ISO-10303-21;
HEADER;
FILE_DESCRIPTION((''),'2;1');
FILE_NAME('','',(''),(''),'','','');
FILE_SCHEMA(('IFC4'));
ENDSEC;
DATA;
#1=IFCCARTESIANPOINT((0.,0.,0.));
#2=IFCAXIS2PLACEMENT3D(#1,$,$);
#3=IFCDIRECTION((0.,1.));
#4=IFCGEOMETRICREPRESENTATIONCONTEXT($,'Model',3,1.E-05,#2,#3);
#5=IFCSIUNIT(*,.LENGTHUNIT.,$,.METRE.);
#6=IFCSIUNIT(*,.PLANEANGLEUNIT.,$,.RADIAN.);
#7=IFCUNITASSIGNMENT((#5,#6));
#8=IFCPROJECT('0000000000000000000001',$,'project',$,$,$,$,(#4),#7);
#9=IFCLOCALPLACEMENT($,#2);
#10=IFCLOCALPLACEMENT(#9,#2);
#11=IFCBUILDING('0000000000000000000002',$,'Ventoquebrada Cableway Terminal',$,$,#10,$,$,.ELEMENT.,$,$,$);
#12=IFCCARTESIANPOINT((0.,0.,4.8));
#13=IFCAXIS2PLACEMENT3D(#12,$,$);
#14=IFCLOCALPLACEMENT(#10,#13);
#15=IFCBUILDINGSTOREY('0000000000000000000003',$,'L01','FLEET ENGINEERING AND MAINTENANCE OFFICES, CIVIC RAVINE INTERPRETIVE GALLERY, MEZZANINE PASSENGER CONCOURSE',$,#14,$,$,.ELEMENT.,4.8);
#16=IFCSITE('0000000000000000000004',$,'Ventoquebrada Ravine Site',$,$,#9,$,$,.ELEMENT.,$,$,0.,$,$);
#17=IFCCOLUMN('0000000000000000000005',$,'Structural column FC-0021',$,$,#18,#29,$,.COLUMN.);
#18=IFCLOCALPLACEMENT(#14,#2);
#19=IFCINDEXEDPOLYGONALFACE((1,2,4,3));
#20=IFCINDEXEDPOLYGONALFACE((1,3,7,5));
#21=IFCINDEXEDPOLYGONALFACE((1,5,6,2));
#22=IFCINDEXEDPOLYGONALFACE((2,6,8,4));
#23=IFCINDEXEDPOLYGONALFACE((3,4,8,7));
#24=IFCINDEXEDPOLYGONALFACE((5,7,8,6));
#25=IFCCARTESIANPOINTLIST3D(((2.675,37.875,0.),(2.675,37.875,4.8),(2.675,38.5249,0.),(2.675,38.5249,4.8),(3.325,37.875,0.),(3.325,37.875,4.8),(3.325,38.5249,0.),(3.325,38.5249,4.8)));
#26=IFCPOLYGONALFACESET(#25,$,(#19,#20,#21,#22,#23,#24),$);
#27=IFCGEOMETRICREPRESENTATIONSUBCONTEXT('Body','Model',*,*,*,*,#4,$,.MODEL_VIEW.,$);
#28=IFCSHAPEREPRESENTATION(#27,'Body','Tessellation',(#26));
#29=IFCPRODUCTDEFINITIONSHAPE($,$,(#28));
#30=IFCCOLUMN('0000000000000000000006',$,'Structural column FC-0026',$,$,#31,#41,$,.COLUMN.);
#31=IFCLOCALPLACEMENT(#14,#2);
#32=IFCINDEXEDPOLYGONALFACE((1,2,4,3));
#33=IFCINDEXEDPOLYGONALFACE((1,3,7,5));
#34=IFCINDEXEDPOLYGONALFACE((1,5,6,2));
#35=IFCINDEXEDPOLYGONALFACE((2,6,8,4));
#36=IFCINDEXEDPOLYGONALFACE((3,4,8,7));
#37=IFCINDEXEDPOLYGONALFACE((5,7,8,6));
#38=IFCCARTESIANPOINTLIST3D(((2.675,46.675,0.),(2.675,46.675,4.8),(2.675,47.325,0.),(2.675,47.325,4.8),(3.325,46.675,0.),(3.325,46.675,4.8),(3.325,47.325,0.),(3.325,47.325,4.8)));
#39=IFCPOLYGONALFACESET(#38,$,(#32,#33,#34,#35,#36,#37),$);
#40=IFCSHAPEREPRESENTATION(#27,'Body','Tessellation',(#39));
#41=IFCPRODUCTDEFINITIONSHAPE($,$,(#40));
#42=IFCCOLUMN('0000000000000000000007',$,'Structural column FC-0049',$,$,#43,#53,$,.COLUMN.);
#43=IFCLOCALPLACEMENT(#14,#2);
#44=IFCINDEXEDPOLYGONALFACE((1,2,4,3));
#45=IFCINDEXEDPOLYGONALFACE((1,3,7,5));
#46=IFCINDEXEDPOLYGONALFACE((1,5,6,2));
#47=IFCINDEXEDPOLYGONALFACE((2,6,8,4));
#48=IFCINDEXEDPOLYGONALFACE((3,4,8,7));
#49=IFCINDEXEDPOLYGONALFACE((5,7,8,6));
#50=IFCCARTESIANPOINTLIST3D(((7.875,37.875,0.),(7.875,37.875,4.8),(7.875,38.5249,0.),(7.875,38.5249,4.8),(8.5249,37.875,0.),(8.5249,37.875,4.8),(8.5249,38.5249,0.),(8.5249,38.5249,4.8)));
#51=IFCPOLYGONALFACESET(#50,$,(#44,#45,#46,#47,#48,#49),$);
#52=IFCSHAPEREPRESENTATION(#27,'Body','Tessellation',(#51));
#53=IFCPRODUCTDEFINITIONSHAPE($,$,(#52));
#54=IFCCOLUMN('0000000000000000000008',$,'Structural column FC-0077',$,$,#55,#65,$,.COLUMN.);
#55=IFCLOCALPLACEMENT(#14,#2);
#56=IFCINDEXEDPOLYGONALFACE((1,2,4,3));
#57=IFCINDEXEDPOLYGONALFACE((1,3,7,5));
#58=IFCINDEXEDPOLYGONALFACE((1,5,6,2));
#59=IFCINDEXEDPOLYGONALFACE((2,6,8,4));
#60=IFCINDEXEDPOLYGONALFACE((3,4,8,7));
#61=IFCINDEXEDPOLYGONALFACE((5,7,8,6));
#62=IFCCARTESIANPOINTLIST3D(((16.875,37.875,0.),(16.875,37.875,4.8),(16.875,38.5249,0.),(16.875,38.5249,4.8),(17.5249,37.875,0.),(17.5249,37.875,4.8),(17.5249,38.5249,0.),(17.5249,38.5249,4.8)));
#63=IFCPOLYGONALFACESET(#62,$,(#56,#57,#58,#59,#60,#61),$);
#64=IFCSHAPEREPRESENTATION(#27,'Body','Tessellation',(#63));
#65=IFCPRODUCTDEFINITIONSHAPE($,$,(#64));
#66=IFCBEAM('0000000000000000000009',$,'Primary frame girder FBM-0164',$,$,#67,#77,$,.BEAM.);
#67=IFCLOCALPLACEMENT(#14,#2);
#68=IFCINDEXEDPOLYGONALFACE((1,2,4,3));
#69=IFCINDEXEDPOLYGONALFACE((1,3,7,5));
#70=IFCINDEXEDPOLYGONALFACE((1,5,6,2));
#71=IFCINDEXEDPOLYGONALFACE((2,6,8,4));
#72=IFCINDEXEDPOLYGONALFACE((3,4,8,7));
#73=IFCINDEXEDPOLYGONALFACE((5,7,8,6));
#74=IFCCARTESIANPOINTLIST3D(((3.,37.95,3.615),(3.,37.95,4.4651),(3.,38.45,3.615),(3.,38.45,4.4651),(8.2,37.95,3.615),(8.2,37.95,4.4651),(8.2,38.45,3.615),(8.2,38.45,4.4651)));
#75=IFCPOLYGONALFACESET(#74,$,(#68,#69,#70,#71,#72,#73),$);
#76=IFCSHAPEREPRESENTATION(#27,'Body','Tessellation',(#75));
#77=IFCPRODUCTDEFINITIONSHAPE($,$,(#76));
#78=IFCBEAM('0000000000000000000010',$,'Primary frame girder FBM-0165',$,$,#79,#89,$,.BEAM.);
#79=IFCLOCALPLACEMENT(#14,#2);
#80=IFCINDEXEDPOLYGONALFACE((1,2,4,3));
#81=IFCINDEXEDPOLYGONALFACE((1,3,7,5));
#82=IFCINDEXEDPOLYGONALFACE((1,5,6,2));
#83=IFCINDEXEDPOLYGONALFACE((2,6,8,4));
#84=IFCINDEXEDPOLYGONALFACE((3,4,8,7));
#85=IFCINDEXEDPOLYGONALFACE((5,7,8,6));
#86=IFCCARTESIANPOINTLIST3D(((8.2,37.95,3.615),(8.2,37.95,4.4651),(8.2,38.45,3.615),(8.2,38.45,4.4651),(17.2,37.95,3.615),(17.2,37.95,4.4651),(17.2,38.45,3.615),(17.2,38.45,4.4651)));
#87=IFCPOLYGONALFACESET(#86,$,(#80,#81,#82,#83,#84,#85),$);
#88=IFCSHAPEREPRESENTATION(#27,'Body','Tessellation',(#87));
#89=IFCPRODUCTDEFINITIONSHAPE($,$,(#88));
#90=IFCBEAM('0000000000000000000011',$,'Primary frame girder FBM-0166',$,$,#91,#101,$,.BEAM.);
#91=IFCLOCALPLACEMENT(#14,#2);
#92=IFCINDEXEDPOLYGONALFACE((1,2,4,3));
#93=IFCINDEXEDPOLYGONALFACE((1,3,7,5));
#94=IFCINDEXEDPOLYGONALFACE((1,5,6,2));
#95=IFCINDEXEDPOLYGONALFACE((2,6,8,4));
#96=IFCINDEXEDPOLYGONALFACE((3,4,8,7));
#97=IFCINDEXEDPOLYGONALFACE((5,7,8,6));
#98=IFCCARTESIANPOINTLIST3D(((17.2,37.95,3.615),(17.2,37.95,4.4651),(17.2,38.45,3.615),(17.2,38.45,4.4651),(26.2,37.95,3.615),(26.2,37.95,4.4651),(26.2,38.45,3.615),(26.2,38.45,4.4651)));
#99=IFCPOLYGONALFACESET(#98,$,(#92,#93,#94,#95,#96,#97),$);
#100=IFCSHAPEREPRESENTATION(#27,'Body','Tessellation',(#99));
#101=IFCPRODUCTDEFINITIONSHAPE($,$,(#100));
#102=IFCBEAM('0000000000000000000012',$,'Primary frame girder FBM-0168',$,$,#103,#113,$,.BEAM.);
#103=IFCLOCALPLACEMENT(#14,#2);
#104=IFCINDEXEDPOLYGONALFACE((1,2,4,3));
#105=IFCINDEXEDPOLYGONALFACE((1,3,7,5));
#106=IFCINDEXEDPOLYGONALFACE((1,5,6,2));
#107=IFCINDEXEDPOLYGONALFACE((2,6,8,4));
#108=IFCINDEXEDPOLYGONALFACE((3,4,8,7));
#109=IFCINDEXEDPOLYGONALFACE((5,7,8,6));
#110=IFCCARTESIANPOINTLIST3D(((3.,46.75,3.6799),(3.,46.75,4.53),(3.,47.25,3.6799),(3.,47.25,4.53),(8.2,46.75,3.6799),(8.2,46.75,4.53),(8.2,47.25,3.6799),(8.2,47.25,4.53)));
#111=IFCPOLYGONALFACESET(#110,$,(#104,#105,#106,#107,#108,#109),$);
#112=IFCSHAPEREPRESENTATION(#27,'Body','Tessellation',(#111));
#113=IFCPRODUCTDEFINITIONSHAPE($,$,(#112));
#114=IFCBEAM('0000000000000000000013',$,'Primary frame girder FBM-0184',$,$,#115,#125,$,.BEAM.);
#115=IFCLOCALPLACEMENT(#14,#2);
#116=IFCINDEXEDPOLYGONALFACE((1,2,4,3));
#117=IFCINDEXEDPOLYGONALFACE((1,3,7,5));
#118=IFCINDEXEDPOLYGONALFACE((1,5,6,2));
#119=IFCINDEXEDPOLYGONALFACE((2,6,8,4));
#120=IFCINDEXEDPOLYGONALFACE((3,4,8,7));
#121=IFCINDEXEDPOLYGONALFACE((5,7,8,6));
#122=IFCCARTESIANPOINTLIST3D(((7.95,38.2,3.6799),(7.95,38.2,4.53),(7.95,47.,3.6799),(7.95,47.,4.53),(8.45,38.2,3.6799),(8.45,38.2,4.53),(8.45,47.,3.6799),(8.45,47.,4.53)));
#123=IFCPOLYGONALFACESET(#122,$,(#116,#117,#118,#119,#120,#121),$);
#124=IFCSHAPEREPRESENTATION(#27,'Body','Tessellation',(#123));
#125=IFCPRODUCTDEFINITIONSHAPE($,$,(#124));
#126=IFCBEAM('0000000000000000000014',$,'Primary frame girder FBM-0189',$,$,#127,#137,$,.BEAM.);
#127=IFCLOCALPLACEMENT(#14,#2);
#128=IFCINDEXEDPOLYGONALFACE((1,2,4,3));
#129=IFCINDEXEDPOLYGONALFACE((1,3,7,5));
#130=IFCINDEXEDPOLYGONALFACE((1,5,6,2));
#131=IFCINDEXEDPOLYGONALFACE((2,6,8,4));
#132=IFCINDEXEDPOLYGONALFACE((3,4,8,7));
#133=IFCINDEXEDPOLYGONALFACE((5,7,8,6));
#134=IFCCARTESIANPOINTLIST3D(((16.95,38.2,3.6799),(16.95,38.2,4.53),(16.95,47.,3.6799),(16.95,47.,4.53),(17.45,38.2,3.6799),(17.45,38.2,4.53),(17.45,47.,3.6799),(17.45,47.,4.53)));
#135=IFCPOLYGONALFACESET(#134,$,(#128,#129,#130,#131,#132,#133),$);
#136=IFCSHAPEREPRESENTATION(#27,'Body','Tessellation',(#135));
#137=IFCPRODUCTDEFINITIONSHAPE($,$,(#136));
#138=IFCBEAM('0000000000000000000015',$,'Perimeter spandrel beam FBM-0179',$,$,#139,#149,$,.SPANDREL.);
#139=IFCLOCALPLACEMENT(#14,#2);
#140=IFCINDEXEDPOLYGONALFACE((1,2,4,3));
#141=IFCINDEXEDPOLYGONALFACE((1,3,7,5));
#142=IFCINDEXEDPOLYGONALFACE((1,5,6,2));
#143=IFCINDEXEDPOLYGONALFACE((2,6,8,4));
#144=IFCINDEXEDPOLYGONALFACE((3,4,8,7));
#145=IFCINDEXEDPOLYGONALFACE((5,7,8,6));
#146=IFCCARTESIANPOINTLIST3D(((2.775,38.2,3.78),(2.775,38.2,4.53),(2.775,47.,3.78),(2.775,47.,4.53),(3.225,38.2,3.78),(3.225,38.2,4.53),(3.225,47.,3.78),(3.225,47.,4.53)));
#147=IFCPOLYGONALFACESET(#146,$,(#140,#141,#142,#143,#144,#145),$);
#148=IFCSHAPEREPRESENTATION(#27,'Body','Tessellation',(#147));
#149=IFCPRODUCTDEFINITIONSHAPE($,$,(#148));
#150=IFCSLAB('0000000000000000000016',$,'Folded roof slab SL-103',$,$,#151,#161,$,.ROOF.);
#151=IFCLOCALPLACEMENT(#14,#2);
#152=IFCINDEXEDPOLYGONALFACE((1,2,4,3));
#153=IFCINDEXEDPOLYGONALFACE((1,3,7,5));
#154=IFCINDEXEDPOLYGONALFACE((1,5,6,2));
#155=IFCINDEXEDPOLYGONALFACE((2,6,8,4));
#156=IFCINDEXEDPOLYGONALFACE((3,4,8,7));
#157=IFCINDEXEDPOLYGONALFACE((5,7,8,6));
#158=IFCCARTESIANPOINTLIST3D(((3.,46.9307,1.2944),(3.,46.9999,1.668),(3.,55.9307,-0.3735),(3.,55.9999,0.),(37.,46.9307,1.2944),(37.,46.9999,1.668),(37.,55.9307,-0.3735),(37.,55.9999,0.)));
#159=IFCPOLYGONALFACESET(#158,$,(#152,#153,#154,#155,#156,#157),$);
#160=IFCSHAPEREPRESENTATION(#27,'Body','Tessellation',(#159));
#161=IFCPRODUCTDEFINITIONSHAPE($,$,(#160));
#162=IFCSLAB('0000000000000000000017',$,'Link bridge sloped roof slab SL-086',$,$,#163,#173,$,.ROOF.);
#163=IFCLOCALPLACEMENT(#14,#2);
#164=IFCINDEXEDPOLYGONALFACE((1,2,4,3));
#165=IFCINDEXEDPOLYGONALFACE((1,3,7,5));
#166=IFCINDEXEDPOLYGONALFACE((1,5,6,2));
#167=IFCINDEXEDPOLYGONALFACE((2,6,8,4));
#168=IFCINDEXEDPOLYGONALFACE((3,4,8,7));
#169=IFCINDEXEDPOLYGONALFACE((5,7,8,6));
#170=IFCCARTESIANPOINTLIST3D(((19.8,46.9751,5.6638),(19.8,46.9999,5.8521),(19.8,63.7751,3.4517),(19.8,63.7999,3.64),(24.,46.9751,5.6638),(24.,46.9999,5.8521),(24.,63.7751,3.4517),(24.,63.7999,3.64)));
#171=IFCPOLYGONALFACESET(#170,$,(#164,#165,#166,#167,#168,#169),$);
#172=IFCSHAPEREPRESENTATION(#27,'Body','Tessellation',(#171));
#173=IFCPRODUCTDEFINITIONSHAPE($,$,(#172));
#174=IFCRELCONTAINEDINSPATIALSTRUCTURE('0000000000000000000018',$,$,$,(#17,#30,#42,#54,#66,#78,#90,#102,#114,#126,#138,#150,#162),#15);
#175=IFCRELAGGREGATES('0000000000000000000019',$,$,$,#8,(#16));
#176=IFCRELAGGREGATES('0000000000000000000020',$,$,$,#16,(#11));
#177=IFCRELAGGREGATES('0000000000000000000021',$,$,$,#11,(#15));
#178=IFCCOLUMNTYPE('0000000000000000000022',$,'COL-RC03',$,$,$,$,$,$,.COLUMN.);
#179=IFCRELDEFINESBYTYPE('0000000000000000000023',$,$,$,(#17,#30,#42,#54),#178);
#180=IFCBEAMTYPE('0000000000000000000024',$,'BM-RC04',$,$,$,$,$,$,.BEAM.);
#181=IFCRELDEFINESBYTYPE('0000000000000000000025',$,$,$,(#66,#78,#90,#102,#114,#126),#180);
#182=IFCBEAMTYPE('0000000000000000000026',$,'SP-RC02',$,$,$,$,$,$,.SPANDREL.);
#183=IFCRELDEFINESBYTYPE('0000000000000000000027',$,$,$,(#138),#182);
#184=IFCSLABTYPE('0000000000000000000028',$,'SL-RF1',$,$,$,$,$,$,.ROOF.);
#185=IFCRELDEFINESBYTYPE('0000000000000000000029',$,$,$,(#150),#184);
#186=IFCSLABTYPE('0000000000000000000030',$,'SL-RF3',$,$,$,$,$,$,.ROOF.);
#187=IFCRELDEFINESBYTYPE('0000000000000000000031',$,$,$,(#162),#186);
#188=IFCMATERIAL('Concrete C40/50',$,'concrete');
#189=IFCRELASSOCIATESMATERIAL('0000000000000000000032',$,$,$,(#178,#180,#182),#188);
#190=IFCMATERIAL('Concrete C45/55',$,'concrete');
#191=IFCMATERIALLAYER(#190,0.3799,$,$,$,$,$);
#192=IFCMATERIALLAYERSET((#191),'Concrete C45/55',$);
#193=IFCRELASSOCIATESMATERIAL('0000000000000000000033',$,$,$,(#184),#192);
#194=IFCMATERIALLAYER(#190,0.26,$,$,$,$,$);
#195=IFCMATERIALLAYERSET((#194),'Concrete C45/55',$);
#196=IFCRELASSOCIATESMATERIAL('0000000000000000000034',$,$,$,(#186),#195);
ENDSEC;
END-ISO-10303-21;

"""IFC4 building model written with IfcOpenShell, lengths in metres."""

from ifc_helpers import new_model, si_unit, direction, frame, origin, origin_2d, place, context, subcontext, project, spatial, polyline, rectangle, outline, extrude, material, layer, layer_set, material_profile, profile_set, type_object, element, save


model = new_model("IFC4")

# Units and contexts
model_context = context("Model", 3, precision=1e-05, world=origin(), true_north=direction((0.0, 1.0)))
body_context = subcontext(model_context, "Body", "Model", "MODEL_VIEW")
ifc_project = project(units=[si_unit("LENGTHUNIT", "METRE"), si_unit("PLANEANGLEUNIT", "RADIAN")], contexts=[model_context])

# Site, building, storey
site_placement = place(None, origin())
site = spatial("IfcSite", under=ifc_project, at=site_placement, Name="Ventoquebrada Ravine Site", CompositionType="ELEMENT", RefElevation=0.0)
building_placement = place(site_placement, origin())
building = spatial("IfcBuilding", under=site, at=building_placement, Name="Ventoquebrada Cableway Terminal", CompositionType="ELEMENT")
storey_placement = place(building_placement, frame((0.0, 0.0, 4.8)))
storey = spatial("IfcBuildingStorey", under=building, at=storey_placement, Name="L01", Description="FLEET ENGINEERING AND MAINTENANCE OFFICES, CIVIC RAVINE INTERPRETIVE GALLERY, MEZZANINE PASSENGER CONCOURSE", CompositionType="ELEMENT", Elevation=4.8)

# Columns
ifc_material_1 = material(Name="Concrete C40/50", Category="concrete")
ifc_material_profile_1 = material_profile(ifc_material_1, rectangle(XDim=0.6499, YDim=0.6499, at=origin_2d()), Name="RC-COL-650X650")
ifc_profile_set_1 = profile_set([ifc_material_profile_1], Name="Concrete C40/50")
column_type = type_object("IfcColumnType", Name="COL-RC03", PredefinedType="COLUMN", material=ifc_profile_set_1)
for number, where, z_axis, x_axis, name in (
    (1, (3.0, 38.2, 0.0), (0.0, 0.0, 1.0), (1.0, 0.0, 0.0), "Structural column FC-0021"),
    (2, (3.0, 47.0, 0.0), (0.0, 0.0, 1.0), (1.0, 0.0, 0.0), "Structural column FC-0026"),
    (3, (8.2, 38.2, 0.0), (0.0, 0.0, 1.0), (1.0, 0.0, 0.0), "Structural column FC-0049"),
    (4, (17.2, 38.2, 0.0), (0.0, 0.0, 1.0), (1.0, 0.0, 0.0), "Structural column FC-0077"),
):
    element("IfcColumn", number, at=place(storey_placement, frame(where, z_axis=z_axis, x_axis=x_axis)), inside=storey, type_object=column_type, Name=name, PredefinedType="COLUMN", context=body_context, shape_type="SweptSolid", body=[
        extrude(rectangle(XDim=0.6499, YDim=0.6499, at=origin_2d()), origin(), (0.0, 0.0, 1.0), 4.8),
    ])

# Beams
ifc_material_profile_2 = material_profile(ifc_material_1, rectangle(XDim=0.5, YDim=0.8501, at=origin_2d()), Name="RC-BM-500X850")
ifc_profile_set_2 = profile_set([ifc_material_profile_2], Name="Concrete C40/50")
beam_type_1 = type_object("IfcBeamType", Name="BM-RC04", PredefinedType="BEAM", material=ifc_profile_set_2)
beam_1_placement = place(storey_placement, frame((3.0, 38.2, 4.04), z_axis=(1.0, 0.0, 0.0), x_axis=(0.0, 1.0, 0.0)))
element("IfcBeam", 5, at=beam_1_placement, inside=storey, type_object=beam_type_1, Name="Primary frame girder FBM-0164", PredefinedType="BEAM", context=body_context, shape_type="SweptSolid", body=[
    extrude(rectangle(XDim=0.5, YDim=0.8501, at=origin_2d()), origin(), (0.0, 0.0, 1.0), 5.2),
])
for number, where, z_axis, x_axis, name in (
    (6, (8.2, 38.2, 4.04), (1.0, 0.0, 0.0), (0.0, 1.0, 0.0), "Primary frame girder FBM-0165"),
    (7, (17.2, 38.2, 4.04), (1.0, 0.0, 0.0), (0.0, 1.0, 0.0), "Primary frame girder FBM-0166"),
):
    element("IfcBeam", number, at=place(storey_placement, frame(where, z_axis=z_axis, x_axis=x_axis)), inside=storey, type_object=beam_type_1, Name=name, PredefinedType="BEAM", context=body_context, shape_type="SweptSolid", body=[
        extrude(rectangle(XDim=0.5, YDim=0.8501, at=origin_2d()), origin(), (0.0, 0.0, 1.0), 9.0),
    ])
beam_2_placement = place(storey_placement, frame((3.0, 47.0, 4.105), z_axis=(1.0, 0.0, 0.0), x_axis=(0.0, 1.0, 0.0)))
element("IfcBeam", 8, at=beam_2_placement, inside=storey, type_object=beam_type_1, Name="Primary frame girder FBM-0168", PredefinedType="BEAM", context=body_context, shape_type="SweptSolid", body=[
    extrude(rectangle(XDim=0.5, YDim=0.8501, at=origin_2d()), origin(), (0.0, 0.0, 1.0), 5.2),
])
for number, where, z_axis, x_axis, name in (
    (9, (8.2, 38.2, 4.105), (0.0, 1.0, 0.0), (-1.0, 0.0, 0.0), "Primary frame girder FBM-0184"),
    (10, (17.2, 38.2, 4.105), (0.0, 1.0, 0.0), (-1.0, 0.0, 0.0), "Primary frame girder FBM-0189"),
):
    element("IfcBeam", number, at=place(storey_placement, frame(where, z_axis=z_axis, x_axis=x_axis)), inside=storey, type_object=beam_type_1, Name=name, PredefinedType="BEAM", context=body_context, shape_type="SweptSolid", body=[
        extrude(rectangle(XDim=0.5, YDim=0.8501, at=origin_2d()), origin(), (0.0, 0.0, 1.0), 8.8),
    ])
ifc_material_profile_3 = material_profile(ifc_material_1, rectangle(XDim=0.45, YDim=0.75, at=origin_2d()), Name="RC-BM-450X750")
ifc_profile_set_3 = profile_set([ifc_material_profile_3], Name="Concrete C40/50")
beam_type_2 = type_object("IfcBeamType", Name="SP-RC02", PredefinedType="SPANDREL", material=ifc_profile_set_3)
beam_3_placement = place(storey_placement, frame((3.0, 38.2, 4.155), z_axis=(0.0, 1.0, 0.0), x_axis=(-1.0, 0.0, 0.0)))
element("IfcBeam", 11, at=beam_3_placement, inside=storey, type_object=beam_type_2, Name="Perimeter spandrel beam FBM-0179", PredefinedType="SPANDREL", context=body_context, shape_type="SweptSolid", body=[
    extrude(rectangle(XDim=0.45, YDim=0.75, at=origin_2d()), origin(), (0.0, 0.0, 1.0), 8.8),
])

# Slabs
ifc_material_2 = material(Name="Concrete C45/55", Category="concrete")
ifc_layer_1 = layer(ifc_material_2, 0.3799)
ifc_layer_set_1 = layer_set([ifc_layer_1], Name="Concrete C45/55")
slab_type_1 = type_object("IfcSlabType", Name="SL-RF1", PredefinedType="ROOF", material=ifc_layer_set_1)
slab_1_placement = place(storey_placement, frame((3.0, 46.9307, 1.2944), z_axis=(0.0, 0.182227, 0.983257), x_axis=(1.0, 0.0, 0.0)))
element("IfcSlab", 12, at=slab_1_placement, inside=storey, type_object=slab_type_1, Name="Folded roof slab SL-103", PredefinedType="ROOF", context=body_context, shape_type="SweptSolid", body=[
    extrude(outline(polyline([(0.0, 0.0), (34.0, 0.0), (34.0, 9.1533), (0.0, 9.1533), (0.0, 0.0)])), origin(), (0.0, 0.0, 1.0), 0.3799),
])
ifc_layer_2 = layer(ifc_material_2, 0.26)
ifc_layer_set_2 = layer_set([ifc_layer_2], Name="Concrete C45/55")
slab_type_2 = type_object("IfcSlabType", Name="SL-RF3", PredefinedType="ROOF", material=ifc_layer_set_2)
slab_2_placement = place(storey_placement, frame((19.8, 46.9751, 5.6638), z_axis=(0.0, 0.130549, 0.991442), x_axis=(1.0, 0.0, 0.0)))
element("IfcSlab", 13, at=slab_2_placement, inside=storey, type_object=slab_type_2, Name="Link bridge sloped roof slab SL-086", PredefinedType="ROOF", context=body_context, shape_type="SweptSolid", body=[
    extrude(outline(polyline([(0.0, 0.0), (4.2, 0.0), (4.2, 16.9451), (0.0, 16.9451), (0.0, 0.0)])), origin(), (0.0, 0.0, 1.0), 0.1899),
])

save(model, "model.ifc")
